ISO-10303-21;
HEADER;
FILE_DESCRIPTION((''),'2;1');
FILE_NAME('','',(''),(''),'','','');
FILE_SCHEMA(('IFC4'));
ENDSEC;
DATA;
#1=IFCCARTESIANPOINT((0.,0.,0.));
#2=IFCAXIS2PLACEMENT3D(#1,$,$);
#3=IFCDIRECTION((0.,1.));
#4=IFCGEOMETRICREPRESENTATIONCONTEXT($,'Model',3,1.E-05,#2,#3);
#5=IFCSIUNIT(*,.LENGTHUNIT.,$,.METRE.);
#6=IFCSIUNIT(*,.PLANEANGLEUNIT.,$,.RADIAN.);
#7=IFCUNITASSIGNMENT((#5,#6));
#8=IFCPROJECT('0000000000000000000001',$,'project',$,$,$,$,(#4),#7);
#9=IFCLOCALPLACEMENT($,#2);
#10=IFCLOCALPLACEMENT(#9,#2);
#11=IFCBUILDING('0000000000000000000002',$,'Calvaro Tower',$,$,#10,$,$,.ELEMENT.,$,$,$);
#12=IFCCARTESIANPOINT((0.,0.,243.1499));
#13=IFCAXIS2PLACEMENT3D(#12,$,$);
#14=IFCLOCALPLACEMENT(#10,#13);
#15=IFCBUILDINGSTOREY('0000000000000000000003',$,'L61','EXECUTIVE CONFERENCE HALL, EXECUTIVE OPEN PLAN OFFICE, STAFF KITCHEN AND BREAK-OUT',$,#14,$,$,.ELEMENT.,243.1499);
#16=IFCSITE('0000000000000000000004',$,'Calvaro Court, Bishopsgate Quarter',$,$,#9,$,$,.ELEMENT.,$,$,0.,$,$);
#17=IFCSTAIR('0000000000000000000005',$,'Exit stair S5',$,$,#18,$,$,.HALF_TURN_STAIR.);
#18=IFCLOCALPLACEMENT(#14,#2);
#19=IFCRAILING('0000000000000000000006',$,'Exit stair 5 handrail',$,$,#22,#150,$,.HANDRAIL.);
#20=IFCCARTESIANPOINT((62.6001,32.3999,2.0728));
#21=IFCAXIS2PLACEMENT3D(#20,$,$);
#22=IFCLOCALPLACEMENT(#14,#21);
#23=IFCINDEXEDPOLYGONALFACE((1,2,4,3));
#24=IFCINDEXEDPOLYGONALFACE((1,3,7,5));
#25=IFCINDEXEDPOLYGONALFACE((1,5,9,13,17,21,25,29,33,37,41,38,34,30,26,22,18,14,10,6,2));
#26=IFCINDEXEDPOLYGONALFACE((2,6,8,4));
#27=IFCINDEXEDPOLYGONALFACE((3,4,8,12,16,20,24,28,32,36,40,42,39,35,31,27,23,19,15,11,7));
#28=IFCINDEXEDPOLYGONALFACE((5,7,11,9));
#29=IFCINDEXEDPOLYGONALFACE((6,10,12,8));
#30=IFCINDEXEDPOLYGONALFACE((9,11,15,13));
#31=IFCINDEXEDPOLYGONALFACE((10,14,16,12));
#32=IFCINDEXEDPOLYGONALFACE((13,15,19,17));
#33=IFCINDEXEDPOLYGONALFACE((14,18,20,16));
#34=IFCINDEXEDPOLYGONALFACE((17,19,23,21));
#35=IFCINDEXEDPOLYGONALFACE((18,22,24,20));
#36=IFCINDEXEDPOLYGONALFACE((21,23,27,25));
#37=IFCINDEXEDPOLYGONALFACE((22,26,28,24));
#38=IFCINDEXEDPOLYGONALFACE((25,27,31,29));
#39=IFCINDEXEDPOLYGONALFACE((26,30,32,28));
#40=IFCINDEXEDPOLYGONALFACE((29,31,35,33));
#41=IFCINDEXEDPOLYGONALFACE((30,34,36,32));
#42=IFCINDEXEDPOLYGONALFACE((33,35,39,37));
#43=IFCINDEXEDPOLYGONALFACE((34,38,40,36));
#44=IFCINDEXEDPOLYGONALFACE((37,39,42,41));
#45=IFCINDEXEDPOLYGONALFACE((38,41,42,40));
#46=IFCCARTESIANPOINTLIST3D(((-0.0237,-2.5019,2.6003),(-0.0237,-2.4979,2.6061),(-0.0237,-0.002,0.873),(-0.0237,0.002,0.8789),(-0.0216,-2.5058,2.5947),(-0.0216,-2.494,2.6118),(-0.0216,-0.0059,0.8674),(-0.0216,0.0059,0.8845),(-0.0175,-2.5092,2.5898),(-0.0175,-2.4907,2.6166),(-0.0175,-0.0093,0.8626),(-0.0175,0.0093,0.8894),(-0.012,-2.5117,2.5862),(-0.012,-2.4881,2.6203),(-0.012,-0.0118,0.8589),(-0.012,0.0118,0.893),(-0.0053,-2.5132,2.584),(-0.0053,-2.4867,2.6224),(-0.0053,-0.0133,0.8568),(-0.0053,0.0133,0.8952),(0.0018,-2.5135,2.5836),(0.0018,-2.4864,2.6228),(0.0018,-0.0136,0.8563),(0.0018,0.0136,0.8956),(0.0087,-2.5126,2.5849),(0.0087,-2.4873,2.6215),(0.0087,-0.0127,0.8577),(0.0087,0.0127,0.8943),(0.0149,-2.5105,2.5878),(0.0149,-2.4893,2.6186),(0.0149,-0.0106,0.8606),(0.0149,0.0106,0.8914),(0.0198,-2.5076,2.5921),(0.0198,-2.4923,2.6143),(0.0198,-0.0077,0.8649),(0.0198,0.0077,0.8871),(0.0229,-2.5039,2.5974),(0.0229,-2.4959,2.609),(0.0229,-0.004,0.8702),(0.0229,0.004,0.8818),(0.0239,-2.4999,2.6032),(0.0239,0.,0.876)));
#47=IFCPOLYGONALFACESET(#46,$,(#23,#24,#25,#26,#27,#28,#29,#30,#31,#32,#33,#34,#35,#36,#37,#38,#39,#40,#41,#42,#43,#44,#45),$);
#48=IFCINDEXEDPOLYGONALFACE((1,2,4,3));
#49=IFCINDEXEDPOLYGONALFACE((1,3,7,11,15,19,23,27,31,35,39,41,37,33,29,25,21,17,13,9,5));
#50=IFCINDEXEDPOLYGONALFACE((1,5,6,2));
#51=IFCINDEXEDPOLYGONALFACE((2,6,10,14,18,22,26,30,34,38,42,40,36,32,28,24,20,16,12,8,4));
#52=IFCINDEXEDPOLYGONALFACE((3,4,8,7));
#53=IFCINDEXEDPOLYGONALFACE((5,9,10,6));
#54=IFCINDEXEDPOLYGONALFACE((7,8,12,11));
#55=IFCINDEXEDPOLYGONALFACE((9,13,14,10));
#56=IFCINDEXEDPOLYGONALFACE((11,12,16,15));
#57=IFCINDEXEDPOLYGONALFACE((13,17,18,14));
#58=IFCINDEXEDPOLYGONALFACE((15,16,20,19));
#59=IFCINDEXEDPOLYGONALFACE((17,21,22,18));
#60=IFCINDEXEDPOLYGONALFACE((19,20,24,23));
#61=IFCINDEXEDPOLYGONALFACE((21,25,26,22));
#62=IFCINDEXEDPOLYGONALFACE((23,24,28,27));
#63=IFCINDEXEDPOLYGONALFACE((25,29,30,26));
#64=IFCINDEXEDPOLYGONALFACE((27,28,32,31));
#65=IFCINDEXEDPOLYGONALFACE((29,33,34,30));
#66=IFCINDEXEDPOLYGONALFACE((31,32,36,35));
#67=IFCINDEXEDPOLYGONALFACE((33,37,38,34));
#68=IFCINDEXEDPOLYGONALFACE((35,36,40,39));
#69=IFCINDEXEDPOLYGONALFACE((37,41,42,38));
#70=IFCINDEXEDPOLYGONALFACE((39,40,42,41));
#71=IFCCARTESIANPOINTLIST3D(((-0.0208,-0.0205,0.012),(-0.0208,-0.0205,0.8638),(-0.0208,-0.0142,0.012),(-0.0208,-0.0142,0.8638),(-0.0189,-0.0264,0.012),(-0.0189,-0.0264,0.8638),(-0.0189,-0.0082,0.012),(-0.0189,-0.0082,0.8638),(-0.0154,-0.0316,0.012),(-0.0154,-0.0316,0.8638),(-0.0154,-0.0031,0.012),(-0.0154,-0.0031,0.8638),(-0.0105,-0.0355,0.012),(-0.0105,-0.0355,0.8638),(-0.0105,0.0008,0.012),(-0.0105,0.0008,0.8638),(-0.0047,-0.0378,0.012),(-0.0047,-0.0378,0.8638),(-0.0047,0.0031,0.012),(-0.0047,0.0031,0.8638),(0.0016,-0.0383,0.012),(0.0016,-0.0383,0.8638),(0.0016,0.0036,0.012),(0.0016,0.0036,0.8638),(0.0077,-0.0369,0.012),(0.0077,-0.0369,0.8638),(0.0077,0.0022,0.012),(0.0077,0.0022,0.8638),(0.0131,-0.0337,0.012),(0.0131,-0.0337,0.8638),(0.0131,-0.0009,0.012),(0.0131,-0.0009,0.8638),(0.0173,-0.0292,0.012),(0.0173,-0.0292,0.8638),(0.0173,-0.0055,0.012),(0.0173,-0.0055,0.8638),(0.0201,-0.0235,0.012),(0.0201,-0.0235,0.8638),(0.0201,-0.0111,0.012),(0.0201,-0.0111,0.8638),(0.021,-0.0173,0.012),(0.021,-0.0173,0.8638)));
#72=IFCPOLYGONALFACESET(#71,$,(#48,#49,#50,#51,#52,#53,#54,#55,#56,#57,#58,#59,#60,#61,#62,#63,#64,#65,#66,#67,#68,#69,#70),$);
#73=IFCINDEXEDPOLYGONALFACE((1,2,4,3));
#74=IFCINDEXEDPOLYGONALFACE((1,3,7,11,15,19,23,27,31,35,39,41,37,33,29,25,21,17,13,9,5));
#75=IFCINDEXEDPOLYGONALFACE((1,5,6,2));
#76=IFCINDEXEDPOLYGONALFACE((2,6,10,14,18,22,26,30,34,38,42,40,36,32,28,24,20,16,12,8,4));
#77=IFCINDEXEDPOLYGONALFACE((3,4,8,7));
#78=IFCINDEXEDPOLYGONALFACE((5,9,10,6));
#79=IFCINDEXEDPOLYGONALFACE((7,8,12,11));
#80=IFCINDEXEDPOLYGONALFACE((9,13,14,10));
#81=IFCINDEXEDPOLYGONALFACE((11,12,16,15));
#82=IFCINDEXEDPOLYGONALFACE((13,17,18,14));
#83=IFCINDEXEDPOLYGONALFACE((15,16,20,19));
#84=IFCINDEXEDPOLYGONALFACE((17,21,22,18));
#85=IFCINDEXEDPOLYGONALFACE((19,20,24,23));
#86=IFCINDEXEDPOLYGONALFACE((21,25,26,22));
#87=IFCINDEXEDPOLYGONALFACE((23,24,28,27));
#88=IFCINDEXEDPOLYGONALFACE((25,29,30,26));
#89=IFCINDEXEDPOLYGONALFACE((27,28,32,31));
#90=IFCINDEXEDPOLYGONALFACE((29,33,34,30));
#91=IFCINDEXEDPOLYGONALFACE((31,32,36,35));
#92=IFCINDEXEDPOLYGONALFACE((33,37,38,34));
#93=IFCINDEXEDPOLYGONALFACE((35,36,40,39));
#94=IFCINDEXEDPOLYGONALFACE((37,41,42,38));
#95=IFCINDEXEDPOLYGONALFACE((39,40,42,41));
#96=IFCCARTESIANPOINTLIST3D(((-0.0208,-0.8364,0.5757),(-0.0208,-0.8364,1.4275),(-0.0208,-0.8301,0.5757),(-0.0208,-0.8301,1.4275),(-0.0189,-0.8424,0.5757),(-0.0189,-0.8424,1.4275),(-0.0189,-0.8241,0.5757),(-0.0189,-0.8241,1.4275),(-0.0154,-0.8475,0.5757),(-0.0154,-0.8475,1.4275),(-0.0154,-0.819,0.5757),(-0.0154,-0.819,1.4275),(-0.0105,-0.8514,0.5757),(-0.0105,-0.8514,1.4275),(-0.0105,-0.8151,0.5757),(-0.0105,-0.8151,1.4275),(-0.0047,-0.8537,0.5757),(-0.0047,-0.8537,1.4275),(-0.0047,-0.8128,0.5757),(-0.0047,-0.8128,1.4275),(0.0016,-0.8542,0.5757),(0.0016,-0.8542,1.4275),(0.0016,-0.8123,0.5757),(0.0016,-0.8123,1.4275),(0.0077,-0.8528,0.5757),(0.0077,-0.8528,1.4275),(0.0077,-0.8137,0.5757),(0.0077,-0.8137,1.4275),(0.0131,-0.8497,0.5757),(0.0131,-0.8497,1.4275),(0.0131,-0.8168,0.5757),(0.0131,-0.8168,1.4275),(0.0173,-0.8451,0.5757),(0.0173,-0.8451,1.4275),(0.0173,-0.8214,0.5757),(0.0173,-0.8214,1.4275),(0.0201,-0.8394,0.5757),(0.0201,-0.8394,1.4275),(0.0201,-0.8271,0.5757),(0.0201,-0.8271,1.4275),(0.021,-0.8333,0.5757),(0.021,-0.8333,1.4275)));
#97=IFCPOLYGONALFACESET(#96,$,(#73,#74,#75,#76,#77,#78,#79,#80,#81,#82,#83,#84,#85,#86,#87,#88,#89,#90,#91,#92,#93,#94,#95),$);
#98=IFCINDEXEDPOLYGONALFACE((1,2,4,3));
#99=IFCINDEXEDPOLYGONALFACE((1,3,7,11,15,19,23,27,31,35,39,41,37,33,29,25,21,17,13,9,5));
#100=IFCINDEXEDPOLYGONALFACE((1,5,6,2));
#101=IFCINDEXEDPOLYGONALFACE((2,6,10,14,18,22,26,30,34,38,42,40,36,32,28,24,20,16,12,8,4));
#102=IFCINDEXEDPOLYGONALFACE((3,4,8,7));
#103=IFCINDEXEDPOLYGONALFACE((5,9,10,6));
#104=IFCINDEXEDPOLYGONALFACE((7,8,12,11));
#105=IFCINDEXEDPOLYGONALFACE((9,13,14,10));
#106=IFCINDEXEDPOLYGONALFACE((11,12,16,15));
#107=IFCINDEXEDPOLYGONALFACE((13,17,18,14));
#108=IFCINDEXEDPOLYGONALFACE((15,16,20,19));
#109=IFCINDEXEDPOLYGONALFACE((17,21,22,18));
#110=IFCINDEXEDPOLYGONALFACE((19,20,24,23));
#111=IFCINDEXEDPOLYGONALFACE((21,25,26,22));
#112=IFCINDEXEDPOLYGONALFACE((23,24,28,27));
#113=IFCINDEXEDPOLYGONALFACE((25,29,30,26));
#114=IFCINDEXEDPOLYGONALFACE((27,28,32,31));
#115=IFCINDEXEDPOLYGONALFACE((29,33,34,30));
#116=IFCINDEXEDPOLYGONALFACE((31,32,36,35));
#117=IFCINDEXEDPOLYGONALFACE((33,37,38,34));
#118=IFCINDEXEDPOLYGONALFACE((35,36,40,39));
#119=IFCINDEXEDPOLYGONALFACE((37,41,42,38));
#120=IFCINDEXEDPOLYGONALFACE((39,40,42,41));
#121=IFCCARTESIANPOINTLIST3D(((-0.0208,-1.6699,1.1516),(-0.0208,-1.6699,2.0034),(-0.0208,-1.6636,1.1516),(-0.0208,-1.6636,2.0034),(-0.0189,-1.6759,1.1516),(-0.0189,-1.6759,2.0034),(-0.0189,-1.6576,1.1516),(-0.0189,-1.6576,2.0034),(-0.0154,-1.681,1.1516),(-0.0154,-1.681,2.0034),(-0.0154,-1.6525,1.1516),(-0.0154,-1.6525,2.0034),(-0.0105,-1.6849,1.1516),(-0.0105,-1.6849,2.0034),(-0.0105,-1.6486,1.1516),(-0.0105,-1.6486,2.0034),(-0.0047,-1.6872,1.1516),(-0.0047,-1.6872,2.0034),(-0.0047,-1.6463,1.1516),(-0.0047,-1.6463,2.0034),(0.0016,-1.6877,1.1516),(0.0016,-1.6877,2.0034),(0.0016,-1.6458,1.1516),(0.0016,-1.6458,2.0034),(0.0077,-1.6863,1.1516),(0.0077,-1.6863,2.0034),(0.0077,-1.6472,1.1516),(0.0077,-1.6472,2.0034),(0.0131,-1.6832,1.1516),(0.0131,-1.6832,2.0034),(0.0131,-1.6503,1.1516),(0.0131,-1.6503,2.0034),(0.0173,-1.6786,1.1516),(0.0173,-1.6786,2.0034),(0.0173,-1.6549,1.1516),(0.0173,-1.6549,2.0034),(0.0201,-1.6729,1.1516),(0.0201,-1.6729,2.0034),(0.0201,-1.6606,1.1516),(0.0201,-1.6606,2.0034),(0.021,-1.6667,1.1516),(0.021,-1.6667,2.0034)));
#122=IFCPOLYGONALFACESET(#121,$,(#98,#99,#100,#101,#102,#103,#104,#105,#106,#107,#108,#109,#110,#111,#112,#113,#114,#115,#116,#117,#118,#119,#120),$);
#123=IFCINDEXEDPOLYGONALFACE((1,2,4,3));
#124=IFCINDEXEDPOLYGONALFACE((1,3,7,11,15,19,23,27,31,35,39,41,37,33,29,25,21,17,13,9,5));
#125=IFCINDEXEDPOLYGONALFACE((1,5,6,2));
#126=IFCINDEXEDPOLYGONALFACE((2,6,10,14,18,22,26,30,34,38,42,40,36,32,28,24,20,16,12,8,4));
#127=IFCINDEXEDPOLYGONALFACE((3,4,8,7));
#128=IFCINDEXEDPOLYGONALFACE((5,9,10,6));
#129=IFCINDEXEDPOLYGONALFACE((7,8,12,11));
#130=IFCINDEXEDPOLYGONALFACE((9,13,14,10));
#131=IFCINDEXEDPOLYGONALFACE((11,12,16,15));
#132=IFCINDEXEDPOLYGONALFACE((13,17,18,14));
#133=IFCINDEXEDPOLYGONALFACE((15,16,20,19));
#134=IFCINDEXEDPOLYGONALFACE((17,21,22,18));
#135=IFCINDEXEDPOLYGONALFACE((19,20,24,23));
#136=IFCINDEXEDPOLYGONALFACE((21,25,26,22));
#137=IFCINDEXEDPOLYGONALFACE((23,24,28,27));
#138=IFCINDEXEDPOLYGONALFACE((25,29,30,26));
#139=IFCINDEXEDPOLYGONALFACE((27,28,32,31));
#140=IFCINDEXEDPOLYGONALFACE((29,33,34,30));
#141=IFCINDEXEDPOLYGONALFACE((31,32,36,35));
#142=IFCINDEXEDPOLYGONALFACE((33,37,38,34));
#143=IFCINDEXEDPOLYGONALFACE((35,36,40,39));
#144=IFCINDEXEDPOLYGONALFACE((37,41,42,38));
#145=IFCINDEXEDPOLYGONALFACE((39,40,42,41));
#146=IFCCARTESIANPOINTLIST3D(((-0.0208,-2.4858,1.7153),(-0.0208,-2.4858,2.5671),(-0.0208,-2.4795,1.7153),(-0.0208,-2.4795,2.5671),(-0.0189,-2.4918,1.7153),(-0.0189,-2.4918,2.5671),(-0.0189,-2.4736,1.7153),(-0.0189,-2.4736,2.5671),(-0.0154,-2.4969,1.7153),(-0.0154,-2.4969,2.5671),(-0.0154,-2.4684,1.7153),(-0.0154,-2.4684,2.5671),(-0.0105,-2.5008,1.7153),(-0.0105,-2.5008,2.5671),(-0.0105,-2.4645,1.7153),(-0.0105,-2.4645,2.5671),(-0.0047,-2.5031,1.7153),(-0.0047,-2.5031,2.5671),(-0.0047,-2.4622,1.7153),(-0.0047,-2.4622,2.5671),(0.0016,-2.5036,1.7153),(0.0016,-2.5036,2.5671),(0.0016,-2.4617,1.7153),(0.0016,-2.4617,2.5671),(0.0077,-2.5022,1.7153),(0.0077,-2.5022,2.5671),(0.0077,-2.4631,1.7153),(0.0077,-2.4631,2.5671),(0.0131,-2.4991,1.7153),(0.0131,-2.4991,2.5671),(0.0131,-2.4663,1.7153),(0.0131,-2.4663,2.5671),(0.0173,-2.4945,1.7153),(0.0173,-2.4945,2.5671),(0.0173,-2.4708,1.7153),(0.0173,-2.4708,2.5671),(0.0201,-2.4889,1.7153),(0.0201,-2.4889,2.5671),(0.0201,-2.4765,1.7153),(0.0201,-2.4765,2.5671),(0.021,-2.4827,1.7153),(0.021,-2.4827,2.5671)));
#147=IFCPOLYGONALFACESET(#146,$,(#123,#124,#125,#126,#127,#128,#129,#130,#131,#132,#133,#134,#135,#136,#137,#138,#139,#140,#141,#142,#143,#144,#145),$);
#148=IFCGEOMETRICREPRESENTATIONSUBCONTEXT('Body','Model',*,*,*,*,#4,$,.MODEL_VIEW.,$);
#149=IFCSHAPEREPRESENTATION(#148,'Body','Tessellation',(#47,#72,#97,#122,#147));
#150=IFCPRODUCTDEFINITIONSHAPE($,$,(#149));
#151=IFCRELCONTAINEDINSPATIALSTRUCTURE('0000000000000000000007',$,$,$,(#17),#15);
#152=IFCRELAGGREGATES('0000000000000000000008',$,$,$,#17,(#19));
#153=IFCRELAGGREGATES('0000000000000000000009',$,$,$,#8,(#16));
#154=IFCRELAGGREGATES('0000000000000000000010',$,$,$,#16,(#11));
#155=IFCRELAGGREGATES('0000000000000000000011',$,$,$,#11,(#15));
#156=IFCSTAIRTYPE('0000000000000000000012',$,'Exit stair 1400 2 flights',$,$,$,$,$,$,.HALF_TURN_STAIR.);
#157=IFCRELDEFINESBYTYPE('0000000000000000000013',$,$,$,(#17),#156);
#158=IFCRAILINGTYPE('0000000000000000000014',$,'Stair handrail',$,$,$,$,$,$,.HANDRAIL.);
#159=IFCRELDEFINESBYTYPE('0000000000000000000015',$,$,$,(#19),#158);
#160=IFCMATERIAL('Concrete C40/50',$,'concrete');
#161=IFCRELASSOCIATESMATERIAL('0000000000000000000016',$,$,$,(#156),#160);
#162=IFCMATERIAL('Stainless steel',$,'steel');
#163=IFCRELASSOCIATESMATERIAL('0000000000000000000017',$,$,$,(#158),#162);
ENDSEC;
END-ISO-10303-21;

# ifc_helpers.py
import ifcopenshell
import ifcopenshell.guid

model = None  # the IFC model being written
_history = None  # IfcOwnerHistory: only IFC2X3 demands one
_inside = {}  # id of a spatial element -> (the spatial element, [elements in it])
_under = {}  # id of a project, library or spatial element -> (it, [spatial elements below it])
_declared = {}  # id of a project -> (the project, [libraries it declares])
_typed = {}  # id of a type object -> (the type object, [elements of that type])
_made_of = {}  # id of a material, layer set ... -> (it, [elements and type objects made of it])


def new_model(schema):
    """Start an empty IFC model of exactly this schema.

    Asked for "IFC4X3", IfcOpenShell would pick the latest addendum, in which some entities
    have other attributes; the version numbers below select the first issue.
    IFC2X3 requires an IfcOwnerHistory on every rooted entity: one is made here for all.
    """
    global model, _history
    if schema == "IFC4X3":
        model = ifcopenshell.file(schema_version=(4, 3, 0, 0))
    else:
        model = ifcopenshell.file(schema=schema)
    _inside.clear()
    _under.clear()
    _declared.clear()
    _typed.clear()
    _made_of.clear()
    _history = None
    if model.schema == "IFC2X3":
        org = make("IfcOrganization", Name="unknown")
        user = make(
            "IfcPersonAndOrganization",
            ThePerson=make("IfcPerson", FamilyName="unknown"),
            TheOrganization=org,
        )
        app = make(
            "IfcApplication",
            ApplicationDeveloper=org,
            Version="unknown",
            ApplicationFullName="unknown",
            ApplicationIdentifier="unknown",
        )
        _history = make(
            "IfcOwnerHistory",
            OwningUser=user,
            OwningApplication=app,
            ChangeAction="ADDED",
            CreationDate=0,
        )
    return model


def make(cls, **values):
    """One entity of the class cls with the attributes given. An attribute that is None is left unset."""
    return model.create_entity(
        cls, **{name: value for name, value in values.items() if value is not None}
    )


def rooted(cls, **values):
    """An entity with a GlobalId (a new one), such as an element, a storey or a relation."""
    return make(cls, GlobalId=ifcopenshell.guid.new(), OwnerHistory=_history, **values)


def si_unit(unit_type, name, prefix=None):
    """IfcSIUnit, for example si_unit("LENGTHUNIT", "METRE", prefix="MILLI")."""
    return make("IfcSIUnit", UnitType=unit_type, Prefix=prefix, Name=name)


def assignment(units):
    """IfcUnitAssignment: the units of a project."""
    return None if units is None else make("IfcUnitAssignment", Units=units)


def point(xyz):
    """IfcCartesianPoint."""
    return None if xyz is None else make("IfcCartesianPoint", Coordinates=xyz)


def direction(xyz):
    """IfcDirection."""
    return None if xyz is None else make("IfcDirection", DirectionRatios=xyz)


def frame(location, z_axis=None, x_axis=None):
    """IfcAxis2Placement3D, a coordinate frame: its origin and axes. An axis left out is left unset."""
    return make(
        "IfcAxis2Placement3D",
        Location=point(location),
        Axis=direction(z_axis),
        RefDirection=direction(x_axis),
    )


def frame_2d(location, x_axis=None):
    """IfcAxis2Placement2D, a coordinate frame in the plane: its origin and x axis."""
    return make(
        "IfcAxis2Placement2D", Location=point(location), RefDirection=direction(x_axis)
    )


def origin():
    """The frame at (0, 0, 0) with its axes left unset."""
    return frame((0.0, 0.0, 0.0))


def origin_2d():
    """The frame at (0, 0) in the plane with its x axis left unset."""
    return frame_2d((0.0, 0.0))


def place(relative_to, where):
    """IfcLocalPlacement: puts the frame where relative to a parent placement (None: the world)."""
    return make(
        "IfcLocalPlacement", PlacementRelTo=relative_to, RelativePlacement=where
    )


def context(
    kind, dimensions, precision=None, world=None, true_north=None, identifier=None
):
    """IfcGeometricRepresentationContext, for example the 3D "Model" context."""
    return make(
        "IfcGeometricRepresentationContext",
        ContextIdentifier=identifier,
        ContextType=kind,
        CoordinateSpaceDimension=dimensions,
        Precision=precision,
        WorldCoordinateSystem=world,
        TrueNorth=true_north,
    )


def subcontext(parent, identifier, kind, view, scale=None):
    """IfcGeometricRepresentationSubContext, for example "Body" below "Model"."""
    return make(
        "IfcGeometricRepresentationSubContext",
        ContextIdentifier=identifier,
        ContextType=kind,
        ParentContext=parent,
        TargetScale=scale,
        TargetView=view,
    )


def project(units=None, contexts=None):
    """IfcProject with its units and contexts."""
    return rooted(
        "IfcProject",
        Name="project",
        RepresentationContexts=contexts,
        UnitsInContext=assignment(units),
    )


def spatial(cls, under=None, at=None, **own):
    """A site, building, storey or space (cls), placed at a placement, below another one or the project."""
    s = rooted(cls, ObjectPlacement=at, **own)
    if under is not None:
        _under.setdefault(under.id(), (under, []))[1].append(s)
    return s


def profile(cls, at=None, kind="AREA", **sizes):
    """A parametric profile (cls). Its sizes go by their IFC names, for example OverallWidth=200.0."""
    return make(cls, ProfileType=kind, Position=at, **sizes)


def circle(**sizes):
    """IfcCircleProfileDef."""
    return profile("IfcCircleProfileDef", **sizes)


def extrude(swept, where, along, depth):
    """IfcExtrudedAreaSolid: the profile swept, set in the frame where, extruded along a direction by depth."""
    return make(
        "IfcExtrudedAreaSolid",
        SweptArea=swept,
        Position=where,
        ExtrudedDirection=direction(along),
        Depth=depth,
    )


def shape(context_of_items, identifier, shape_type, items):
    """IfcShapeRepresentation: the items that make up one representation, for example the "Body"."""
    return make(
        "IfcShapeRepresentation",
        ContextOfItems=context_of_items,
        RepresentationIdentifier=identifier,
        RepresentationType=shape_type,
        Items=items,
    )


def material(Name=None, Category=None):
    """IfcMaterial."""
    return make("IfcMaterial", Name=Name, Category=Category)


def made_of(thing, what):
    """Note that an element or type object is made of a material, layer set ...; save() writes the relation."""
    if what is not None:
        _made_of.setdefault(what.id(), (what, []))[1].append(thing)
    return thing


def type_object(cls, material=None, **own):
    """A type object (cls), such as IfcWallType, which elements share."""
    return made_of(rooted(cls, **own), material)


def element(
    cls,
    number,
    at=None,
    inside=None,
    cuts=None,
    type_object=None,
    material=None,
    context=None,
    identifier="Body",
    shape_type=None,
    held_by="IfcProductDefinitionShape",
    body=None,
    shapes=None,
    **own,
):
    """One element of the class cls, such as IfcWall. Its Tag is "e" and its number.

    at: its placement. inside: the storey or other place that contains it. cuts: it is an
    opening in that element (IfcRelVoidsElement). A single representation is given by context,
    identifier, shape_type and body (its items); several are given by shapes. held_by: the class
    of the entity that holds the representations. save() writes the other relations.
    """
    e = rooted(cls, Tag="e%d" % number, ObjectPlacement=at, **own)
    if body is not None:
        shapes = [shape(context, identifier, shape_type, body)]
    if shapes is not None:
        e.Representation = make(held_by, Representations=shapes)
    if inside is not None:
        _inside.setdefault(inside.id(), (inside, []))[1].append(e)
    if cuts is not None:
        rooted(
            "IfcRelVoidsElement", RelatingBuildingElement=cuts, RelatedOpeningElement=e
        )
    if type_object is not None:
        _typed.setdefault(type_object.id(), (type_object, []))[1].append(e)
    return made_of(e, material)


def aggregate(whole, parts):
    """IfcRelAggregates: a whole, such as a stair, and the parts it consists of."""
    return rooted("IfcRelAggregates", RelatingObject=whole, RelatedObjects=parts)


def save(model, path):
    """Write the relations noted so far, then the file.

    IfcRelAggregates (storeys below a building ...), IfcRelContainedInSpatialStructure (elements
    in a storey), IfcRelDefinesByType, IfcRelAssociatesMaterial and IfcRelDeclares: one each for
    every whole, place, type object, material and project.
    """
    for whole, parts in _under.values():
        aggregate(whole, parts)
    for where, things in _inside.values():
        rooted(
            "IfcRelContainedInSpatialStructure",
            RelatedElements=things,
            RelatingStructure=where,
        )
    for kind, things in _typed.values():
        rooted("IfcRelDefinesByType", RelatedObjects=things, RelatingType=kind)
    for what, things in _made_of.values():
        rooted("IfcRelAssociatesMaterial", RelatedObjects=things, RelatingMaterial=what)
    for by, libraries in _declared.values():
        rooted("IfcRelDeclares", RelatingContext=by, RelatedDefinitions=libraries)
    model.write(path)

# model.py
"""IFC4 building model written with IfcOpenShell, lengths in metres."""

from ifc_helpers import new_model, si_unit, direction, frame, origin, origin_2d, place, context, subcontext, project, spatial, circle, extrude, material, type_object, element, aggregate, save


model = new_model("IFC4")

# Units and contexts
model_context = context("Model", 3, precision=1e-05, world=origin(), true_north=direction((0.0, 1.0)))
body_context = subcontext(model_context, "Body", "Model", "MODEL_VIEW")
ifc_project = project(units=[si_unit("LENGTHUNIT", "METRE"), si_unit("PLANEANGLEUNIT", "RADIAN")], contexts=[model_context])

# Site, building, storey
site_placement = place(None, origin())
site = spatial("IfcSite", under=ifc_project, at=site_placement, Name="Calvaro Court, Bishopsgate Quarter", CompositionType="ELEMENT", RefElevation=0.0)
building_placement = place(site_placement, origin())
building = spatial("IfcBuilding", under=site, at=building_placement, Name="Calvaro Tower", CompositionType="ELEMENT")
storey_placement = place(building_placement, frame((0.0, 0.0, 243.1499)))
storey = spatial("IfcBuildingStorey", under=building, at=storey_placement, Name="L61", Description="EXECUTIVE CONFERENCE HALL, EXECUTIVE OPEN PLAN OFFICE, STAFF KITCHEN AND BREAK-OUT", CompositionType="ELEMENT", Elevation=243.1499)

# Stair, railing
ifc_material_1 = material(Name="Concrete C40/50", Category="concrete")
stair_type = type_object("IfcStairType", Name="Exit stair 1400 2 flights", PredefinedType="HALF_TURN_STAIR", material=ifc_material_1)
stair_placement = place(storey_placement, origin())
stair = element("IfcStair", 1, at=stair_placement, inside=storey, type_object=stair_type, Name="Exit stair S5", PredefinedType="HALF_TURN_STAIR")
ifc_material_2 = material(Name="Stainless steel", Category="steel")
railing_type = type_object("IfcRailingType", Name="Stair handrail", PredefinedType="HANDRAIL", material=ifc_material_2)
railing_1_placement = place(storey_placement, frame((62.6001, 32.3999, 2.0728)))
railing_1 = element("IfcRailing", 2, at=railing_1_placement, type_object=railing_type, Name="Exit stair 5 handrail", PredefinedType="HANDRAIL", context=body_context, shape_type="SweptSolid", body=[
    extrude(circle(Radius=0.0239, at=origin_2d()), frame((0.0, 0.0, 0.876), z_axis=(0.0, -0.822727, 0.568437), x_axis=(1.0, 0.0, 0.0)), (0.0, 0.0, 1.0), 3.0386),
    extrude(circle(Radius=0.021, at=origin_2d()), frame((0.0, -0.0173, 0.012)), (0.0, 0.0, 1.0), 0.8518),
    extrude(circle(Radius=0.021, at=origin_2d()), frame((0.0, -0.8333, 0.5757)), (0.0, 0.0, 1.0), 0.8518),
    extrude(circle(Radius=0.021, at=origin_2d()), frame((0.0, -1.6667, 1.1516)), (0.0, 0.0, 1.0), 0.8518),
    extrude(circle(Radius=0.021, at=origin_2d()), frame((0.0, -2.4827, 1.7153)), (0.0, 0.0, 1.0), 0.8518),
])
aggregate(stair, [railing_1])

save(model, "model.ifc")
